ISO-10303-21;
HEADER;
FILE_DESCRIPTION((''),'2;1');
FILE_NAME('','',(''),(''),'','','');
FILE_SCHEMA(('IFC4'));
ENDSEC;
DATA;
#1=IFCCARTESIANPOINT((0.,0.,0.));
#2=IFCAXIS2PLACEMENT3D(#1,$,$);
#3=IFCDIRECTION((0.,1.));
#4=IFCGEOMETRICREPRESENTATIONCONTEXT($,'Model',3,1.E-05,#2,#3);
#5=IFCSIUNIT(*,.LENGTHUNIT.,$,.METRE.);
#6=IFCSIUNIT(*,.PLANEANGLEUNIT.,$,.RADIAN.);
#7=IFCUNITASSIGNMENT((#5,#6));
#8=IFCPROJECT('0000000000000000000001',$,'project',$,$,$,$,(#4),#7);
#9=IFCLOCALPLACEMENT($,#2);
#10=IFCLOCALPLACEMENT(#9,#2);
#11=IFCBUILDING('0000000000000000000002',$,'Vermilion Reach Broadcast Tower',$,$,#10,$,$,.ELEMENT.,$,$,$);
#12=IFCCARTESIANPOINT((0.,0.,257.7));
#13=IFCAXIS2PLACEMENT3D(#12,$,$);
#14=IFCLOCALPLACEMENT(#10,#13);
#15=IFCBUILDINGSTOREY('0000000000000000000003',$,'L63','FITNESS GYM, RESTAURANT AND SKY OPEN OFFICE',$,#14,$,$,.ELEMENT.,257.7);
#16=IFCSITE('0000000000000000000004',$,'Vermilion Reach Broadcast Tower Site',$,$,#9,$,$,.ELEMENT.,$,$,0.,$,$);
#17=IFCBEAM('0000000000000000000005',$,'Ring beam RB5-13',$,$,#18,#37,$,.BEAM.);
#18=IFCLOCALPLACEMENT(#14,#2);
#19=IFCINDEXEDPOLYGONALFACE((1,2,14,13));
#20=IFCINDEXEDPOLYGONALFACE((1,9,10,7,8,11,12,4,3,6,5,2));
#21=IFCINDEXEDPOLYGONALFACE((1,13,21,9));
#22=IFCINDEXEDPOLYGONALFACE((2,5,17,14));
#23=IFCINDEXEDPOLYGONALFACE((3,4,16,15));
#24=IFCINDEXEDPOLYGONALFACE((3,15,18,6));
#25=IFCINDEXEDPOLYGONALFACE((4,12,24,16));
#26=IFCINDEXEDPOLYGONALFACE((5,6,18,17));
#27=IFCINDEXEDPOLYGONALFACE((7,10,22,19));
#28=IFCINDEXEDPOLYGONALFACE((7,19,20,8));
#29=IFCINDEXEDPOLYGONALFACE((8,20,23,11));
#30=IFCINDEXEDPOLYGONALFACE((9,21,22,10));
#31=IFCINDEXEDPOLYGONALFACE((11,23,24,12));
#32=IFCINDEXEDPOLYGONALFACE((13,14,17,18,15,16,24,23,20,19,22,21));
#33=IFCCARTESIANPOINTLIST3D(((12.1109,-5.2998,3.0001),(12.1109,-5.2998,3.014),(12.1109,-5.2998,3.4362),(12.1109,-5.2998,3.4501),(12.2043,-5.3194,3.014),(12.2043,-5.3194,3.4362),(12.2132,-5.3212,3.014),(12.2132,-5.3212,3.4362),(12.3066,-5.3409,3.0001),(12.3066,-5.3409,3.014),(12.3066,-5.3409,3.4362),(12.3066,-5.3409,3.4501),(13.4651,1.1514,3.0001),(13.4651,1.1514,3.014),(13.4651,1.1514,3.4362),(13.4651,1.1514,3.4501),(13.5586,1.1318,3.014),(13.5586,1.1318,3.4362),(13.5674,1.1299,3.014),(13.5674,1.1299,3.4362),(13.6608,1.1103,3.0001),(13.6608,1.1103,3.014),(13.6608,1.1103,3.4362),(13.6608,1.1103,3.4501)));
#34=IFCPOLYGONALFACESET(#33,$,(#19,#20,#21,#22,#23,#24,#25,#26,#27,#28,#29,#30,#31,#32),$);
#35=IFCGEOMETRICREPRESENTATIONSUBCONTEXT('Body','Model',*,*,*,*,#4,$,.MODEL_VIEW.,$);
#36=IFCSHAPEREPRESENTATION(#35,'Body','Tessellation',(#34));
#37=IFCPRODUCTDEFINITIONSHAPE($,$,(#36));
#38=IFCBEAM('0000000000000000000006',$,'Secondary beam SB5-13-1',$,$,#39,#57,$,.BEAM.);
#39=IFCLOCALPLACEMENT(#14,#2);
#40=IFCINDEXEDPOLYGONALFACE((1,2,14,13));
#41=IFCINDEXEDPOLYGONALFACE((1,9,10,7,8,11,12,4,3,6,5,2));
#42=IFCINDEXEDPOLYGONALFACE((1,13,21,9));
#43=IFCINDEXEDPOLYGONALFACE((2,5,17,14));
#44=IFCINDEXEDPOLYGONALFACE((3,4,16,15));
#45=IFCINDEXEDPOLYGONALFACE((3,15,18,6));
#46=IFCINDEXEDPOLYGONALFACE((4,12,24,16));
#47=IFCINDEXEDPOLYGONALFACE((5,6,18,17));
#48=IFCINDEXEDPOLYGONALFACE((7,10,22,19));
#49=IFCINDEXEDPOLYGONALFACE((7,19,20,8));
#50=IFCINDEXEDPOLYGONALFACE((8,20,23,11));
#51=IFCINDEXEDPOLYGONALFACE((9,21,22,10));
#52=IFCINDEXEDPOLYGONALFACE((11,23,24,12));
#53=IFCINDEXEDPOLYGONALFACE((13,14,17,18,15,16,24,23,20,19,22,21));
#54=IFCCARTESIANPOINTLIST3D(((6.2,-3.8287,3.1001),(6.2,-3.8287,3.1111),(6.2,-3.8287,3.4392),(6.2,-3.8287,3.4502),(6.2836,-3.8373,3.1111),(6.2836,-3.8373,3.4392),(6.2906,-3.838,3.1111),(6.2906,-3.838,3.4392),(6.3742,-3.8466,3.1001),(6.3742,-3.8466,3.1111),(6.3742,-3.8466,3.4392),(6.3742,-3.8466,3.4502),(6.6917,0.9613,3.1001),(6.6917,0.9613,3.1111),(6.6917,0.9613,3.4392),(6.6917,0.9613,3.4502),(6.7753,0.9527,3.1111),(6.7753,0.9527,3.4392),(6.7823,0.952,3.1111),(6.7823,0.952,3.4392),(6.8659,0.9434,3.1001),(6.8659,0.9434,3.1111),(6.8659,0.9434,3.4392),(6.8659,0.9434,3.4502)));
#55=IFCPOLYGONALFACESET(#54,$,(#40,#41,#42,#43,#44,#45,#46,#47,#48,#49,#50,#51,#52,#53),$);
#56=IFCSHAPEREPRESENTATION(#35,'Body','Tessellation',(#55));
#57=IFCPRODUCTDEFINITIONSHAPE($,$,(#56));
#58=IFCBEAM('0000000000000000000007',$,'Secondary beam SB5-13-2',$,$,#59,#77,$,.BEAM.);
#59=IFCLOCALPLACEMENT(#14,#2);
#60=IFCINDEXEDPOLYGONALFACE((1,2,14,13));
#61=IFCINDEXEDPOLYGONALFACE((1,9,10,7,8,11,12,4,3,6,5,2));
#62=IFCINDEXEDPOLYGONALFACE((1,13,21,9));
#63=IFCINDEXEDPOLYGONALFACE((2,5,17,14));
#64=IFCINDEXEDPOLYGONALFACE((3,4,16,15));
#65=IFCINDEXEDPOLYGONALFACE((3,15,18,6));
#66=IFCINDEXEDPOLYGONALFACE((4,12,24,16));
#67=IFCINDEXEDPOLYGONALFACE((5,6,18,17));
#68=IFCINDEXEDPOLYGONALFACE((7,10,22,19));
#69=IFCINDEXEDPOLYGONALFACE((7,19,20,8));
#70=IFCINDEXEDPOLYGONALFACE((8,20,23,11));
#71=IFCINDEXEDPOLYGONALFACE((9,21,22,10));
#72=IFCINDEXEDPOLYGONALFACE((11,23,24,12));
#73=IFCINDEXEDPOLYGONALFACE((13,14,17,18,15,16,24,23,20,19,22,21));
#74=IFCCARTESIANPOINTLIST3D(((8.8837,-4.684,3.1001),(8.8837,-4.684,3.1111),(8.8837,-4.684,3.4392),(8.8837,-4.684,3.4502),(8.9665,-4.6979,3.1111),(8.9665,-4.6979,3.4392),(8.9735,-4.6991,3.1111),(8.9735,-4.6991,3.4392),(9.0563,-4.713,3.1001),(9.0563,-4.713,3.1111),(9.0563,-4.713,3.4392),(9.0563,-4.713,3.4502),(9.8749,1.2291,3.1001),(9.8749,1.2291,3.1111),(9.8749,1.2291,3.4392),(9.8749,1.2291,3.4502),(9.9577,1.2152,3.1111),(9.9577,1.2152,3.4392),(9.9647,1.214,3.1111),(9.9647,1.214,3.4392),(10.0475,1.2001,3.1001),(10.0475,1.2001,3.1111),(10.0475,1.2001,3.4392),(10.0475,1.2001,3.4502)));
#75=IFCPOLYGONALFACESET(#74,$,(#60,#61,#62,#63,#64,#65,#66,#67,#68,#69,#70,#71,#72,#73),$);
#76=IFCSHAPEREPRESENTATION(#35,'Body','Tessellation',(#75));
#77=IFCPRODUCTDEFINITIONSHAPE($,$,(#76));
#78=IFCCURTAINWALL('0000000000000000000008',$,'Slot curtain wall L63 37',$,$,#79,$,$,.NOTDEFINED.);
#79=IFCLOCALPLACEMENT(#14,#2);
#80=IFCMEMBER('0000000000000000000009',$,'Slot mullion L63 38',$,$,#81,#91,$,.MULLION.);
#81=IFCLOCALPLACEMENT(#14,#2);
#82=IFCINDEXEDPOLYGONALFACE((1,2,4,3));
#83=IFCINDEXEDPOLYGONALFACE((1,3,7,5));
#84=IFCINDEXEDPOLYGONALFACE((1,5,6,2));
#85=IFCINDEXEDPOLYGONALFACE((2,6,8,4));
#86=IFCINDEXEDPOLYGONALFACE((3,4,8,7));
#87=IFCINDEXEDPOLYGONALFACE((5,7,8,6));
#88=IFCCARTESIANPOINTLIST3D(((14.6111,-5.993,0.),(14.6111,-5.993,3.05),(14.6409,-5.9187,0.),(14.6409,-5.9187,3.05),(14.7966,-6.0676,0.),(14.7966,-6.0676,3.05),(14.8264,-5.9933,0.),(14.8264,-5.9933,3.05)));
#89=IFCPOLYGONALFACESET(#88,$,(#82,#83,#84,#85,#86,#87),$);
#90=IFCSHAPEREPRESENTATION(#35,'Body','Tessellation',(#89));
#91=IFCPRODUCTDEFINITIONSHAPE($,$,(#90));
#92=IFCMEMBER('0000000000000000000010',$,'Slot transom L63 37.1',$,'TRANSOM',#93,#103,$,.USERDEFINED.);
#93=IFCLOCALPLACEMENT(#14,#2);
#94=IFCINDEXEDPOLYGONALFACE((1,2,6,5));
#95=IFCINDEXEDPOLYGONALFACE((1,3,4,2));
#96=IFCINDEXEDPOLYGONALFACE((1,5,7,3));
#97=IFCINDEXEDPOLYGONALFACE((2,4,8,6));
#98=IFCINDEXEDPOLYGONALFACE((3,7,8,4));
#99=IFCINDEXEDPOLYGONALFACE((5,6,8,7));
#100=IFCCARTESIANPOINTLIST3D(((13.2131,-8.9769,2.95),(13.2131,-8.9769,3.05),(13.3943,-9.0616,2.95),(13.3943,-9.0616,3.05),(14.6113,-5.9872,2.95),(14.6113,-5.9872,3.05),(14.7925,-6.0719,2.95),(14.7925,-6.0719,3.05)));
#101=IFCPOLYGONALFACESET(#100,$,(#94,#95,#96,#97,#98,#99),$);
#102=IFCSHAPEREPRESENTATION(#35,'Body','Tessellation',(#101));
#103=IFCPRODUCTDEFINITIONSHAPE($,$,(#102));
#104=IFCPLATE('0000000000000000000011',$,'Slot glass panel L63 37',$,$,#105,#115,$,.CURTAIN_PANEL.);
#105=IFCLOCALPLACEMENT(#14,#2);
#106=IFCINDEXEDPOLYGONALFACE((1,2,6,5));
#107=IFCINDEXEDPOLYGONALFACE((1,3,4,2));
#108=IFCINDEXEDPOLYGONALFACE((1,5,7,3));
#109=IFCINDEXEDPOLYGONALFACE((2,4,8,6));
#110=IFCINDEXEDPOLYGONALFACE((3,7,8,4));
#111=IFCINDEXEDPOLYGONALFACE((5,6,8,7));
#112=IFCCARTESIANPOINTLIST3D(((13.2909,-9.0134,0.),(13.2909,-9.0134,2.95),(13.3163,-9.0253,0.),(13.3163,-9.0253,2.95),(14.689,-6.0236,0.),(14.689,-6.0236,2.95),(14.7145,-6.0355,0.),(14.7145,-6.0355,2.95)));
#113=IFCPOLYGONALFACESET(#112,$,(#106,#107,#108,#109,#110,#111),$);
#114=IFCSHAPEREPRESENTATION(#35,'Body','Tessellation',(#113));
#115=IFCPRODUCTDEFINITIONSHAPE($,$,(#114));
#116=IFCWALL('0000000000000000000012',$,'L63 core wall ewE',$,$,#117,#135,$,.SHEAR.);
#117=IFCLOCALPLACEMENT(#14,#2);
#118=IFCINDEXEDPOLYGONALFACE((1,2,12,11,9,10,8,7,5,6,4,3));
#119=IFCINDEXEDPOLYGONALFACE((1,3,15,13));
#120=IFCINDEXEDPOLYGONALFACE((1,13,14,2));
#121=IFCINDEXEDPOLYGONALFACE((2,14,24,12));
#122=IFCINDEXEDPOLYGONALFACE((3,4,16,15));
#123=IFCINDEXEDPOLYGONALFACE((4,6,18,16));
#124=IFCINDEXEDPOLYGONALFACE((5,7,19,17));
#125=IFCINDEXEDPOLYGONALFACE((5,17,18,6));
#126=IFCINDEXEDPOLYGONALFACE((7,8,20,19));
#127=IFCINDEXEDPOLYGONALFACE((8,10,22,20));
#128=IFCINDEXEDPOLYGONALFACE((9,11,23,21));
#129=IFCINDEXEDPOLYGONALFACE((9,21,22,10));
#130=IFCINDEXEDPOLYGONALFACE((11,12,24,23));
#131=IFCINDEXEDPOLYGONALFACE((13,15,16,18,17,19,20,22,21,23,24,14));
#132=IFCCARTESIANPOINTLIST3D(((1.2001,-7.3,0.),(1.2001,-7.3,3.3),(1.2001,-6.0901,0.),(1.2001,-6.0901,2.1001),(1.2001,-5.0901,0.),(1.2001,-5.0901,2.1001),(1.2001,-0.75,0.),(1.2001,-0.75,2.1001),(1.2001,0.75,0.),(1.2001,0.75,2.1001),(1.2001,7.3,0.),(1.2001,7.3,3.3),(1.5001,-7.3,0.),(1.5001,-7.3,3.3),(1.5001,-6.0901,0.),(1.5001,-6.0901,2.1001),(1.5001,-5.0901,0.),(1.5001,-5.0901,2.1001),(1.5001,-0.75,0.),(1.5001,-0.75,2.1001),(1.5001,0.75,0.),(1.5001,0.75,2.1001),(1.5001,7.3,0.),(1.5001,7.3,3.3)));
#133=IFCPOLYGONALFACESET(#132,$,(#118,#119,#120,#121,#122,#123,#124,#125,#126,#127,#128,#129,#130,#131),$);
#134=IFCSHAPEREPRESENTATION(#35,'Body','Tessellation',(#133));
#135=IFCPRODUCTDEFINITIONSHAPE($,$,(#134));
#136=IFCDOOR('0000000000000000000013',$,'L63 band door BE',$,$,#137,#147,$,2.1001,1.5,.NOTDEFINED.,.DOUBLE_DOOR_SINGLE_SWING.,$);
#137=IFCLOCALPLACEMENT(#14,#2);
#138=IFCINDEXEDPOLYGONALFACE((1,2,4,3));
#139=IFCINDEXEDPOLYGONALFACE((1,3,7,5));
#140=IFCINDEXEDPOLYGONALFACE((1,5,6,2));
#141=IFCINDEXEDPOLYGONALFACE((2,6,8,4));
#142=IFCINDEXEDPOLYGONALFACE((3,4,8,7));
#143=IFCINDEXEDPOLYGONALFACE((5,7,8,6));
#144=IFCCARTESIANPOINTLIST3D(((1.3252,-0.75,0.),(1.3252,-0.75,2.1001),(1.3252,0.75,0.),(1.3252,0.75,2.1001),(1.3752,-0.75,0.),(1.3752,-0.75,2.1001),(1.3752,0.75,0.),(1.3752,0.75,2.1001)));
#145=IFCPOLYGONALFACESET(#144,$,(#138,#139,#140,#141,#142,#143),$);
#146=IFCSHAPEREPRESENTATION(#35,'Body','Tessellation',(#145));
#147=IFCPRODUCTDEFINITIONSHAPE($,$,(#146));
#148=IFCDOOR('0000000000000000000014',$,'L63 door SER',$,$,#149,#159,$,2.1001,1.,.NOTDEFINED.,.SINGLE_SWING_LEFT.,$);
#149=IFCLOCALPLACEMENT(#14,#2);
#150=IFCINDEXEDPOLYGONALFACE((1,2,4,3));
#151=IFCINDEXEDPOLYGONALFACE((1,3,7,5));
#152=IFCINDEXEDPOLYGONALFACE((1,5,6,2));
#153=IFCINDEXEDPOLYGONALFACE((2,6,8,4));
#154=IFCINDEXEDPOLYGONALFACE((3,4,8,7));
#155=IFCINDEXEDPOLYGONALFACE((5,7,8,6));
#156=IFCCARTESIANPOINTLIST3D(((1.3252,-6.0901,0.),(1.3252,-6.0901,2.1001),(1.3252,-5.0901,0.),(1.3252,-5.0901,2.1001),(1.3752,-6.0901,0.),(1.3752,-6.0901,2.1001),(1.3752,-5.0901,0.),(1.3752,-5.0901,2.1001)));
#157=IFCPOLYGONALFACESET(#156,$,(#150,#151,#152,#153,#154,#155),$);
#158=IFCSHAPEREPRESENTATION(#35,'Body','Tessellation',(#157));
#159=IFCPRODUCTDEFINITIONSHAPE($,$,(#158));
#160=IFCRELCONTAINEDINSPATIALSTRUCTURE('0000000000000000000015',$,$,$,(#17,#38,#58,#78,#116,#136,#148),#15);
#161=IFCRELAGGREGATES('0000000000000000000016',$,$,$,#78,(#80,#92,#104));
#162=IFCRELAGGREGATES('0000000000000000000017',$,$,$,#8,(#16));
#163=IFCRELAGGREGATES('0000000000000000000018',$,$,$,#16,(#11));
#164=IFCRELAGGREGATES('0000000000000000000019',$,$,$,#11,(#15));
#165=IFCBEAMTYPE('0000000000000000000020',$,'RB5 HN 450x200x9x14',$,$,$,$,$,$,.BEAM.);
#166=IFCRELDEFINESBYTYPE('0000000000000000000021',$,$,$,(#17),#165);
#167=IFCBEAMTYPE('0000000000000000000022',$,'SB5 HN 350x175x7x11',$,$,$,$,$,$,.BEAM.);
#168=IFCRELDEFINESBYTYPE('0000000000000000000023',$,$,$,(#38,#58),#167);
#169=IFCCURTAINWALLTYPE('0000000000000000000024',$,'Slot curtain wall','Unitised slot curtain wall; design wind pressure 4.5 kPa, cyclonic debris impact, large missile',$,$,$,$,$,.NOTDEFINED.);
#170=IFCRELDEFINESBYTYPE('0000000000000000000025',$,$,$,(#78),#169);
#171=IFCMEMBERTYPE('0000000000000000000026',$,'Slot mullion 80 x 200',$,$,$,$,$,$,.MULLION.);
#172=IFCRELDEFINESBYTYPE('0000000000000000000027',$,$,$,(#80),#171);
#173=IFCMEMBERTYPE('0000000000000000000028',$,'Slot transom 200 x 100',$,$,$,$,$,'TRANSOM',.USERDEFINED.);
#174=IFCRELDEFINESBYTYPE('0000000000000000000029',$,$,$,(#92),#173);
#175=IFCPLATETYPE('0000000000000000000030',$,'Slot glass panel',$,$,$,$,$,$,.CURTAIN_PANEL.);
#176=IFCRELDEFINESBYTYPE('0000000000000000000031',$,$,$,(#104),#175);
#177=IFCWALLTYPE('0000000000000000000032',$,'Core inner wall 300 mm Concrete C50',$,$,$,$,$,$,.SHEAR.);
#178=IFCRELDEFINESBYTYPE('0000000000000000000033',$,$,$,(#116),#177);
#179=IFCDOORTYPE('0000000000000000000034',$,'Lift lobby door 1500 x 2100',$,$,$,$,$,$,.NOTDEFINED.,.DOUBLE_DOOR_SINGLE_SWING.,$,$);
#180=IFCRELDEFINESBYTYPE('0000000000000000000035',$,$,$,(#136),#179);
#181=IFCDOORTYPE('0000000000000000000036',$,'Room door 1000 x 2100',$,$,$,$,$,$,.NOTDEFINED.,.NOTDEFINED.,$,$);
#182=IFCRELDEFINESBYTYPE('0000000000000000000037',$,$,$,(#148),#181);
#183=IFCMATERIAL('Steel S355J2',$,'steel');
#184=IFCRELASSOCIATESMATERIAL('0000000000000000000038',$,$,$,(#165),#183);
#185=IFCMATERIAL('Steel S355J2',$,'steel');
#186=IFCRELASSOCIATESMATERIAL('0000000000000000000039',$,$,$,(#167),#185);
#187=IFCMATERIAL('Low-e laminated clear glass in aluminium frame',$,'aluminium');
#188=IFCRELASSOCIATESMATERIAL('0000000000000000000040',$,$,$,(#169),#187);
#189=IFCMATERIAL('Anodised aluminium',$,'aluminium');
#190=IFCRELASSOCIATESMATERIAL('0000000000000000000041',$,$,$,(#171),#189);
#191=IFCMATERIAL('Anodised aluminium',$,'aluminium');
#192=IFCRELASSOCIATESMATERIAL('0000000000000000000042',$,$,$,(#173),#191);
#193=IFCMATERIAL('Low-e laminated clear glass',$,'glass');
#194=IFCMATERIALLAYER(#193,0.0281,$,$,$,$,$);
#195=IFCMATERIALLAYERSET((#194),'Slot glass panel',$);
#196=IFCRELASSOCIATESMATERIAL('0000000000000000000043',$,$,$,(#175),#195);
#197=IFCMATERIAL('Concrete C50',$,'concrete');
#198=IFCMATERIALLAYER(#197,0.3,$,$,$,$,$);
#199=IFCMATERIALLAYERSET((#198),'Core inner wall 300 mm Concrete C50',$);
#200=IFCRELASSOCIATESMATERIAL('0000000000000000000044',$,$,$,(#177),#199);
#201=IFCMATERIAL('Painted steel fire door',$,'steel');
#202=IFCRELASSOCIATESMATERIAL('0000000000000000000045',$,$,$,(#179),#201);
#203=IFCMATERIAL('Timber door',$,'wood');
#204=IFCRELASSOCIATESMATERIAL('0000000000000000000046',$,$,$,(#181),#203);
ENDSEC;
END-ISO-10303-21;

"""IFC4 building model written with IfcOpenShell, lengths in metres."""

from ifc_helpers import new_model, si_unit, direction, frame, frame_2d, origin, origin_2d, place, context, subcontext, project, spatial, rectangle, i_section, extrude, material, layer, layer_set, material_profile, profile_set, type_object, element, fill, aggregate, save


model = new_model("IFC4")

# Units and contexts
model_context = context("Model", 3, precision=1e-05, world=origin(), true_north=direction((0.0, 1.0)))
body_context = subcontext(model_context, "Body", "Model", "MODEL_VIEW")
ifc_project = project(units=[si_unit("LENGTHUNIT", "METRE"), si_unit("PLANEANGLEUNIT", "RADIAN")], contexts=[model_context])

# Site, building, storey
site_placement = place(None, origin())
site = spatial("IfcSite", under=ifc_project, at=site_placement, Name="Vermilion Reach Broadcast Tower Site", CompositionType="ELEMENT", RefElevation=0.0)
building_placement = place(site_placement, origin())
building = spatial("IfcBuilding", under=site, at=building_placement, Name="Vermilion Reach Broadcast Tower", CompositionType="ELEMENT")
storey_placement = place(building_placement, frame((0.0, 0.0, 257.7)))
storey = spatial("IfcBuildingStorey", under=building, at=storey_placement, Name="L63", Description="FITNESS GYM, RESTAURANT AND SKY OPEN OFFICE", CompositionType="ELEMENT", Elevation=257.7)

# Beams
ifc_material_1 = material(Name="Steel S355J2", Category="steel")
ifc_material_profile_1 = material_profile(ifc_material_1, i_section(OverallWidth=0.2, OverallDepth=0.45, WebThickness=0.009, FlangeThickness=0.0139, at=origin_2d()), Name="S355J2 HN 450x200x9x14")
ifc_profile_set_1 = profile_set([ifc_material_profile_1], Name="Steel S355J2")
beam_type_1 = type_object("IfcBeamType", Name="RB5 HN 450x200x9x14", PredefinedType="BEAM", material=ifc_profile_set_1)
beam_1_placement = place(storey_placement, frame((12.2087, -5.3203, 3.2251), z_axis=(0.205445, 0.978669, 0.0), x_axis=(-0.978669, 0.205445, 0.0)))
element("IfcBeam", 1, at=beam_1_placement, inside=storey, type_object=beam_type_1, Name="Ring beam RB5-13", PredefinedType="BEAM", context=body_context, shape_type="SweptSolid", body=[
    extrude(i_section(OverallWidth=0.2, OverallDepth=0.45, WebThickness=0.009, FlangeThickness=0.0139, at=origin_2d()), origin(), (0.0, 0.0, 1.0), 6.5918),
])
ifc_material_2 = material(Name="Steel S355J2", Category="steel")
ifc_material_profile_2 = material_profile(ifc_material_2, i_section(OverallWidth=0.175, OverallDepth=0.3501, WebThickness=0.0071, FlangeThickness=0.011, at=origin_2d()), Name="S355J2 HN 350x175x7x11")
ifc_profile_set_2 = profile_set([ifc_material_profile_2], Name="Steel S355J2")
beam_type_2 = type_object("IfcBeamType", Name="SB5 HN 350x175x7x11", PredefinedType="BEAM", material=ifc_profile_set_2)
beam_2_placement = place(storey_placement, frame((6.2871, -3.8376, 3.2751), z_axis=(0.102114, 0.994773, 0.0), x_axis=(-0.994773, 0.102114, 0.0)))
element("IfcBeam", 2, at=beam_2_placement, inside=storey, type_object=beam_type_2, Name="Secondary beam SB5-13-1", PredefinedType="BEAM", context=body_context, shape_type="SweptSolid", body=[
    extrude(i_section(OverallWidth=0.175, OverallDepth=0.3501, WebThickness=0.0071, FlangeThickness=0.011, at=origin_2d()), origin(), (0.0, 0.0, 1.0), 4.8152),
])
beam_3_placement = place(storey_placement, frame((8.97, -4.6985, 3.2751), z_axis=(0.165323, 0.986239, 0.0), x_axis=(-0.986239, 0.165323, 0.0)))
element("IfcBeam", 3, at=beam_3_placement, inside=storey, type_object=beam_type_2, Name="Secondary beam SB5-13-2", PredefinedType="BEAM", context=body_context, shape_type="SweptSolid", body=[
    extrude(i_section(OverallWidth=0.175, OverallDepth=0.3501, WebThickness=0.0071, FlangeThickness=0.011, at=origin_2d()), origin(), (0.0, 0.0, 1.0), 5.9956),
])

# Curtain wall, members, plate
ifc_material_3 = material(Name="Low-e laminated clear glass in aluminium frame", Category="aluminium")
curtain_wall_type = type_object("IfcCurtainWallType", Name="Slot curtain wall", Description="Unitised slot curtain wall; design wind pressure 4.5 kPa, cyclonic debris impact, large missile", PredefinedType="NOTDEFINED", material=ifc_material_3)
curtain_wall_placement = place(storey_placement, origin())
curtain_wall = element("IfcCurtainWall", 4, at=curtain_wall_placement, inside=storey, type_object=curtain_wall_type, Name="Slot curtain wall L63 37", PredefinedType="NOTDEFINED")
ifc_material_4 = material(Name="Anodised aluminium", Category="aluminium")
ifc_material_profile_3 = material_profile(ifc_material_4, rectangle(XDim=0.2, YDim=0.0801, at=origin_2d()), Name="Slot mullion 80 x 200")
ifc_profile_set_3 = profile_set([ifc_material_profile_3], Name="Anodised aluminium")
member_type_1 = type_object("IfcMemberType", Name="Slot mullion 80 x 200", PredefinedType="MULLION", material=ifc_profile_set_3)
member_1_placement = place(storey_placement, frame((14.7188, -5.9932, 0.0), z_axis=(0.0, 0.0, 1.0), x_axis=(-0.927712, 0.373296, 0.0)))
member_1 = element("IfcMember", 5, at=member_1_placement, type_object=member_type_1, Name="Slot mullion L63 38", PredefinedType="MULLION", context=body_context, shape_type="SweptSolid", body=[
    extrude(rectangle(XDim=0.2, YDim=0.0801, at=origin_2d()), origin(), (0.0, 0.0, 1.0), 3.05),
])
ifc_material_5 = material(Name="Anodised aluminium", Category="aluminium")
ifc_material_profile_4 = material_profile(ifc_material_5, rectangle(XDim=0.2, YDim=0.1001, at=origin_2d()), Name="Slot transom 200 x 100")
ifc_profile_set_4 = profile_set([ifc_material_profile_4], Name="Anodised aluminium")
member_type_2 = type_object("IfcMemberType", Name="Slot transom 200 x 100", ElementType="TRANSOM", PredefinedType="USERDEFINED", material=ifc_profile_set_4)
member_2_placement = place(storey_placement, frame((13.3037, -9.0193, 3.0), z_axis=(0.423626, 0.905837, 0.0), x_axis=(-0.905837, 0.423626, 0.0)))
member_2 = element("IfcMember", 6, at=member_2_placement, type_object=member_type_2, Name="Slot transom L63 37.1", ObjectType="TRANSOM", PredefinedType="USERDEFINED", context=body_context, shape_type="SweptSolid", body=[
    extrude(rectangle(XDim=0.2, YDim=0.1001, at=origin_2d()), origin(), (0.0, 0.0, 1.0), 3.3005),
])
ifc_material_6 = material(Name="Low-e laminated clear glass", Category="glass")
ifc_layer_1 = layer(ifc_material_6, 0.0281)
ifc_layer_set_1 = layer_set([ifc_layer_1], Name="Slot glass panel")
plate_type = type_object("IfcPlateType", Name="Slot glass panel", PredefinedType="CURTAIN_PANEL", material=ifc_layer_set_1)
plate_placement = place(storey_placement, frame((14.0027, -7.5244, 0.0), z_axis=(0.0, 0.0, 1.0), x_axis=(0.423606, 0.905847, 0.0)))
plate = element("IfcPlate", 7, at=plate_placement, type_object=plate_type, Name="Slot glass panel L63 37", PredefinedType="CURTAIN_PANEL", context=body_context, shape_type="SweptSolid", body=[
    extrude(rectangle(XDim=3.3005, YDim=0.0281, at=origin_2d()), origin(), (0.0, 0.0, 1.0), 2.95),
])
aggregate(curtain_wall, [member_1, member_2, plate])

# Wall, openings, doors
ifc_material_7 = material(Name="Concrete C50", Category="concrete")
ifc_layer_2 = layer(ifc_material_7, 0.3)
ifc_layer_set_2 = layer_set([ifc_layer_2], Name="Core inner wall 300 mm Concrete C50")
wall_type_1 = type_object("IfcWallType", Name="Core inner wall 300 mm Concrete C50", PredefinedType="SHEAR", material=ifc_layer_set_2)
wall_1_placement = place(storey_placement, frame((1.3501, -7.3, 0.0), z_axis=(0.0, 0.0, 1.0), x_axis=(0.0, 1.0, 0.0)))
wall_1 = element("IfcWall", 8, at=wall_1_placement, inside=storey, type_object=wall_type_1, Name="L63 core wall ewE", PredefinedType="SHEAR", context=body_context, shape_type="SweptSolid", body=[
    extrude(rectangle(XDim=14.6001, YDim=0.3, at=frame_2d((7.3, 0.0))), origin(), (0.0, 0.0, 1.0), 3.3),
])
opening_1_placement = place(wall_1_placement, frame((1.21, 0.0, 0.0)))
opening_1 = element("IfcOpeningElement", 9, at=opening_1_placement, cuts=wall_1, PredefinedType="OPENING", context=body_context, shape_type="SweptSolid", body=[
    extrude(rectangle(XDim=1.0, YDim=2.1001, at=frame_2d((0.5, 1.05))), frame((0.0, 0.1599, 0.0), z_axis=(0.0, -1.0, 0.0), x_axis=(1.0, 0.0, 0.0)), (0.0, 0.0, 1.0), 0.3201),
])
opening_2_placement = place(wall_1_placement, frame((6.55, 0.0, 0.0)))
opening_2 = element("IfcOpeningElement", 10, at=opening_2_placement, cuts=wall_1, PredefinedType="OPENING", context=body_context, shape_type="SweptSolid", body=[
    extrude(rectangle(XDim=1.5, YDim=2.1001, at=frame_2d((0.75, 1.05))), frame((0.0, 0.1599, 0.0), z_axis=(0.0, -1.0, 0.0), x_axis=(1.0, 0.0, 0.0)), (0.0, 0.0, 1.0), 0.3201),
])
ifc_material_8 = material(Name="Painted steel fire door", Category="steel")
door_type_1 = type_object("IfcDoorType", Name="Lift lobby door 1500 x 2100", OperationType="DOUBLE_DOOR_SINGLE_SWING", PredefinedType="NOTDEFINED", material=ifc_material_8)
door_1_placement = place(opening_2_placement, origin())
door_1 = element("IfcDoor", 11, at=door_1_placement, inside=storey, type_object=door_type_1, Name="L63 band door BE", OperationType="DOUBLE_DOOR_SINGLE_SWING", OverallHeight=2.1001, OverallWidth=1.5, PredefinedType="NOTDEFINED", context=body_context, shape_type="SweptSolid", body=[
    extrude(rectangle(XDim=1.5, YDim=2.1001, at=frame_2d((0.75, 1.05))), frame((0.0, 0.0249, 0.0), z_axis=(0.0, -1.0, 0.0), x_axis=(1.0, 0.0, 0.0)), (0.0, 0.0, 1.0), 0.05),
])
fill(opening_2, door_1)
ifc_material_9 = material(Name="Timber door", Category="wood")
door_type_2 = type_object("IfcDoorType", Name="Room door 1000 x 2100", OperationType="NOTDEFINED", PredefinedType="NOTDEFINED", material=ifc_material_9)
door_2_placement = place(opening_1_placement, origin())
door_2 = element("IfcDoor", 12, at=door_2_placement, inside=storey, type_object=door_type_2, Name="L63 door SER", OperationType="SINGLE_SWING_LEFT", OverallHeight=2.1001, OverallWidth=1.0, PredefinedType="NOTDEFINED", context=body_context, shape_type="SweptSolid", body=[
    extrude(rectangle(XDim=1.0, YDim=2.1001, at=frame_2d((0.5, 1.05))), frame((0.0, 0.0249, 0.0), z_axis=(0.0, -1.0, 0.0), x_axis=(1.0, 0.0, 0.0)), (0.0, 0.0, 1.0), 0.05),
])
fill(opening_1, door_2)

save(model, "model.ifc")
